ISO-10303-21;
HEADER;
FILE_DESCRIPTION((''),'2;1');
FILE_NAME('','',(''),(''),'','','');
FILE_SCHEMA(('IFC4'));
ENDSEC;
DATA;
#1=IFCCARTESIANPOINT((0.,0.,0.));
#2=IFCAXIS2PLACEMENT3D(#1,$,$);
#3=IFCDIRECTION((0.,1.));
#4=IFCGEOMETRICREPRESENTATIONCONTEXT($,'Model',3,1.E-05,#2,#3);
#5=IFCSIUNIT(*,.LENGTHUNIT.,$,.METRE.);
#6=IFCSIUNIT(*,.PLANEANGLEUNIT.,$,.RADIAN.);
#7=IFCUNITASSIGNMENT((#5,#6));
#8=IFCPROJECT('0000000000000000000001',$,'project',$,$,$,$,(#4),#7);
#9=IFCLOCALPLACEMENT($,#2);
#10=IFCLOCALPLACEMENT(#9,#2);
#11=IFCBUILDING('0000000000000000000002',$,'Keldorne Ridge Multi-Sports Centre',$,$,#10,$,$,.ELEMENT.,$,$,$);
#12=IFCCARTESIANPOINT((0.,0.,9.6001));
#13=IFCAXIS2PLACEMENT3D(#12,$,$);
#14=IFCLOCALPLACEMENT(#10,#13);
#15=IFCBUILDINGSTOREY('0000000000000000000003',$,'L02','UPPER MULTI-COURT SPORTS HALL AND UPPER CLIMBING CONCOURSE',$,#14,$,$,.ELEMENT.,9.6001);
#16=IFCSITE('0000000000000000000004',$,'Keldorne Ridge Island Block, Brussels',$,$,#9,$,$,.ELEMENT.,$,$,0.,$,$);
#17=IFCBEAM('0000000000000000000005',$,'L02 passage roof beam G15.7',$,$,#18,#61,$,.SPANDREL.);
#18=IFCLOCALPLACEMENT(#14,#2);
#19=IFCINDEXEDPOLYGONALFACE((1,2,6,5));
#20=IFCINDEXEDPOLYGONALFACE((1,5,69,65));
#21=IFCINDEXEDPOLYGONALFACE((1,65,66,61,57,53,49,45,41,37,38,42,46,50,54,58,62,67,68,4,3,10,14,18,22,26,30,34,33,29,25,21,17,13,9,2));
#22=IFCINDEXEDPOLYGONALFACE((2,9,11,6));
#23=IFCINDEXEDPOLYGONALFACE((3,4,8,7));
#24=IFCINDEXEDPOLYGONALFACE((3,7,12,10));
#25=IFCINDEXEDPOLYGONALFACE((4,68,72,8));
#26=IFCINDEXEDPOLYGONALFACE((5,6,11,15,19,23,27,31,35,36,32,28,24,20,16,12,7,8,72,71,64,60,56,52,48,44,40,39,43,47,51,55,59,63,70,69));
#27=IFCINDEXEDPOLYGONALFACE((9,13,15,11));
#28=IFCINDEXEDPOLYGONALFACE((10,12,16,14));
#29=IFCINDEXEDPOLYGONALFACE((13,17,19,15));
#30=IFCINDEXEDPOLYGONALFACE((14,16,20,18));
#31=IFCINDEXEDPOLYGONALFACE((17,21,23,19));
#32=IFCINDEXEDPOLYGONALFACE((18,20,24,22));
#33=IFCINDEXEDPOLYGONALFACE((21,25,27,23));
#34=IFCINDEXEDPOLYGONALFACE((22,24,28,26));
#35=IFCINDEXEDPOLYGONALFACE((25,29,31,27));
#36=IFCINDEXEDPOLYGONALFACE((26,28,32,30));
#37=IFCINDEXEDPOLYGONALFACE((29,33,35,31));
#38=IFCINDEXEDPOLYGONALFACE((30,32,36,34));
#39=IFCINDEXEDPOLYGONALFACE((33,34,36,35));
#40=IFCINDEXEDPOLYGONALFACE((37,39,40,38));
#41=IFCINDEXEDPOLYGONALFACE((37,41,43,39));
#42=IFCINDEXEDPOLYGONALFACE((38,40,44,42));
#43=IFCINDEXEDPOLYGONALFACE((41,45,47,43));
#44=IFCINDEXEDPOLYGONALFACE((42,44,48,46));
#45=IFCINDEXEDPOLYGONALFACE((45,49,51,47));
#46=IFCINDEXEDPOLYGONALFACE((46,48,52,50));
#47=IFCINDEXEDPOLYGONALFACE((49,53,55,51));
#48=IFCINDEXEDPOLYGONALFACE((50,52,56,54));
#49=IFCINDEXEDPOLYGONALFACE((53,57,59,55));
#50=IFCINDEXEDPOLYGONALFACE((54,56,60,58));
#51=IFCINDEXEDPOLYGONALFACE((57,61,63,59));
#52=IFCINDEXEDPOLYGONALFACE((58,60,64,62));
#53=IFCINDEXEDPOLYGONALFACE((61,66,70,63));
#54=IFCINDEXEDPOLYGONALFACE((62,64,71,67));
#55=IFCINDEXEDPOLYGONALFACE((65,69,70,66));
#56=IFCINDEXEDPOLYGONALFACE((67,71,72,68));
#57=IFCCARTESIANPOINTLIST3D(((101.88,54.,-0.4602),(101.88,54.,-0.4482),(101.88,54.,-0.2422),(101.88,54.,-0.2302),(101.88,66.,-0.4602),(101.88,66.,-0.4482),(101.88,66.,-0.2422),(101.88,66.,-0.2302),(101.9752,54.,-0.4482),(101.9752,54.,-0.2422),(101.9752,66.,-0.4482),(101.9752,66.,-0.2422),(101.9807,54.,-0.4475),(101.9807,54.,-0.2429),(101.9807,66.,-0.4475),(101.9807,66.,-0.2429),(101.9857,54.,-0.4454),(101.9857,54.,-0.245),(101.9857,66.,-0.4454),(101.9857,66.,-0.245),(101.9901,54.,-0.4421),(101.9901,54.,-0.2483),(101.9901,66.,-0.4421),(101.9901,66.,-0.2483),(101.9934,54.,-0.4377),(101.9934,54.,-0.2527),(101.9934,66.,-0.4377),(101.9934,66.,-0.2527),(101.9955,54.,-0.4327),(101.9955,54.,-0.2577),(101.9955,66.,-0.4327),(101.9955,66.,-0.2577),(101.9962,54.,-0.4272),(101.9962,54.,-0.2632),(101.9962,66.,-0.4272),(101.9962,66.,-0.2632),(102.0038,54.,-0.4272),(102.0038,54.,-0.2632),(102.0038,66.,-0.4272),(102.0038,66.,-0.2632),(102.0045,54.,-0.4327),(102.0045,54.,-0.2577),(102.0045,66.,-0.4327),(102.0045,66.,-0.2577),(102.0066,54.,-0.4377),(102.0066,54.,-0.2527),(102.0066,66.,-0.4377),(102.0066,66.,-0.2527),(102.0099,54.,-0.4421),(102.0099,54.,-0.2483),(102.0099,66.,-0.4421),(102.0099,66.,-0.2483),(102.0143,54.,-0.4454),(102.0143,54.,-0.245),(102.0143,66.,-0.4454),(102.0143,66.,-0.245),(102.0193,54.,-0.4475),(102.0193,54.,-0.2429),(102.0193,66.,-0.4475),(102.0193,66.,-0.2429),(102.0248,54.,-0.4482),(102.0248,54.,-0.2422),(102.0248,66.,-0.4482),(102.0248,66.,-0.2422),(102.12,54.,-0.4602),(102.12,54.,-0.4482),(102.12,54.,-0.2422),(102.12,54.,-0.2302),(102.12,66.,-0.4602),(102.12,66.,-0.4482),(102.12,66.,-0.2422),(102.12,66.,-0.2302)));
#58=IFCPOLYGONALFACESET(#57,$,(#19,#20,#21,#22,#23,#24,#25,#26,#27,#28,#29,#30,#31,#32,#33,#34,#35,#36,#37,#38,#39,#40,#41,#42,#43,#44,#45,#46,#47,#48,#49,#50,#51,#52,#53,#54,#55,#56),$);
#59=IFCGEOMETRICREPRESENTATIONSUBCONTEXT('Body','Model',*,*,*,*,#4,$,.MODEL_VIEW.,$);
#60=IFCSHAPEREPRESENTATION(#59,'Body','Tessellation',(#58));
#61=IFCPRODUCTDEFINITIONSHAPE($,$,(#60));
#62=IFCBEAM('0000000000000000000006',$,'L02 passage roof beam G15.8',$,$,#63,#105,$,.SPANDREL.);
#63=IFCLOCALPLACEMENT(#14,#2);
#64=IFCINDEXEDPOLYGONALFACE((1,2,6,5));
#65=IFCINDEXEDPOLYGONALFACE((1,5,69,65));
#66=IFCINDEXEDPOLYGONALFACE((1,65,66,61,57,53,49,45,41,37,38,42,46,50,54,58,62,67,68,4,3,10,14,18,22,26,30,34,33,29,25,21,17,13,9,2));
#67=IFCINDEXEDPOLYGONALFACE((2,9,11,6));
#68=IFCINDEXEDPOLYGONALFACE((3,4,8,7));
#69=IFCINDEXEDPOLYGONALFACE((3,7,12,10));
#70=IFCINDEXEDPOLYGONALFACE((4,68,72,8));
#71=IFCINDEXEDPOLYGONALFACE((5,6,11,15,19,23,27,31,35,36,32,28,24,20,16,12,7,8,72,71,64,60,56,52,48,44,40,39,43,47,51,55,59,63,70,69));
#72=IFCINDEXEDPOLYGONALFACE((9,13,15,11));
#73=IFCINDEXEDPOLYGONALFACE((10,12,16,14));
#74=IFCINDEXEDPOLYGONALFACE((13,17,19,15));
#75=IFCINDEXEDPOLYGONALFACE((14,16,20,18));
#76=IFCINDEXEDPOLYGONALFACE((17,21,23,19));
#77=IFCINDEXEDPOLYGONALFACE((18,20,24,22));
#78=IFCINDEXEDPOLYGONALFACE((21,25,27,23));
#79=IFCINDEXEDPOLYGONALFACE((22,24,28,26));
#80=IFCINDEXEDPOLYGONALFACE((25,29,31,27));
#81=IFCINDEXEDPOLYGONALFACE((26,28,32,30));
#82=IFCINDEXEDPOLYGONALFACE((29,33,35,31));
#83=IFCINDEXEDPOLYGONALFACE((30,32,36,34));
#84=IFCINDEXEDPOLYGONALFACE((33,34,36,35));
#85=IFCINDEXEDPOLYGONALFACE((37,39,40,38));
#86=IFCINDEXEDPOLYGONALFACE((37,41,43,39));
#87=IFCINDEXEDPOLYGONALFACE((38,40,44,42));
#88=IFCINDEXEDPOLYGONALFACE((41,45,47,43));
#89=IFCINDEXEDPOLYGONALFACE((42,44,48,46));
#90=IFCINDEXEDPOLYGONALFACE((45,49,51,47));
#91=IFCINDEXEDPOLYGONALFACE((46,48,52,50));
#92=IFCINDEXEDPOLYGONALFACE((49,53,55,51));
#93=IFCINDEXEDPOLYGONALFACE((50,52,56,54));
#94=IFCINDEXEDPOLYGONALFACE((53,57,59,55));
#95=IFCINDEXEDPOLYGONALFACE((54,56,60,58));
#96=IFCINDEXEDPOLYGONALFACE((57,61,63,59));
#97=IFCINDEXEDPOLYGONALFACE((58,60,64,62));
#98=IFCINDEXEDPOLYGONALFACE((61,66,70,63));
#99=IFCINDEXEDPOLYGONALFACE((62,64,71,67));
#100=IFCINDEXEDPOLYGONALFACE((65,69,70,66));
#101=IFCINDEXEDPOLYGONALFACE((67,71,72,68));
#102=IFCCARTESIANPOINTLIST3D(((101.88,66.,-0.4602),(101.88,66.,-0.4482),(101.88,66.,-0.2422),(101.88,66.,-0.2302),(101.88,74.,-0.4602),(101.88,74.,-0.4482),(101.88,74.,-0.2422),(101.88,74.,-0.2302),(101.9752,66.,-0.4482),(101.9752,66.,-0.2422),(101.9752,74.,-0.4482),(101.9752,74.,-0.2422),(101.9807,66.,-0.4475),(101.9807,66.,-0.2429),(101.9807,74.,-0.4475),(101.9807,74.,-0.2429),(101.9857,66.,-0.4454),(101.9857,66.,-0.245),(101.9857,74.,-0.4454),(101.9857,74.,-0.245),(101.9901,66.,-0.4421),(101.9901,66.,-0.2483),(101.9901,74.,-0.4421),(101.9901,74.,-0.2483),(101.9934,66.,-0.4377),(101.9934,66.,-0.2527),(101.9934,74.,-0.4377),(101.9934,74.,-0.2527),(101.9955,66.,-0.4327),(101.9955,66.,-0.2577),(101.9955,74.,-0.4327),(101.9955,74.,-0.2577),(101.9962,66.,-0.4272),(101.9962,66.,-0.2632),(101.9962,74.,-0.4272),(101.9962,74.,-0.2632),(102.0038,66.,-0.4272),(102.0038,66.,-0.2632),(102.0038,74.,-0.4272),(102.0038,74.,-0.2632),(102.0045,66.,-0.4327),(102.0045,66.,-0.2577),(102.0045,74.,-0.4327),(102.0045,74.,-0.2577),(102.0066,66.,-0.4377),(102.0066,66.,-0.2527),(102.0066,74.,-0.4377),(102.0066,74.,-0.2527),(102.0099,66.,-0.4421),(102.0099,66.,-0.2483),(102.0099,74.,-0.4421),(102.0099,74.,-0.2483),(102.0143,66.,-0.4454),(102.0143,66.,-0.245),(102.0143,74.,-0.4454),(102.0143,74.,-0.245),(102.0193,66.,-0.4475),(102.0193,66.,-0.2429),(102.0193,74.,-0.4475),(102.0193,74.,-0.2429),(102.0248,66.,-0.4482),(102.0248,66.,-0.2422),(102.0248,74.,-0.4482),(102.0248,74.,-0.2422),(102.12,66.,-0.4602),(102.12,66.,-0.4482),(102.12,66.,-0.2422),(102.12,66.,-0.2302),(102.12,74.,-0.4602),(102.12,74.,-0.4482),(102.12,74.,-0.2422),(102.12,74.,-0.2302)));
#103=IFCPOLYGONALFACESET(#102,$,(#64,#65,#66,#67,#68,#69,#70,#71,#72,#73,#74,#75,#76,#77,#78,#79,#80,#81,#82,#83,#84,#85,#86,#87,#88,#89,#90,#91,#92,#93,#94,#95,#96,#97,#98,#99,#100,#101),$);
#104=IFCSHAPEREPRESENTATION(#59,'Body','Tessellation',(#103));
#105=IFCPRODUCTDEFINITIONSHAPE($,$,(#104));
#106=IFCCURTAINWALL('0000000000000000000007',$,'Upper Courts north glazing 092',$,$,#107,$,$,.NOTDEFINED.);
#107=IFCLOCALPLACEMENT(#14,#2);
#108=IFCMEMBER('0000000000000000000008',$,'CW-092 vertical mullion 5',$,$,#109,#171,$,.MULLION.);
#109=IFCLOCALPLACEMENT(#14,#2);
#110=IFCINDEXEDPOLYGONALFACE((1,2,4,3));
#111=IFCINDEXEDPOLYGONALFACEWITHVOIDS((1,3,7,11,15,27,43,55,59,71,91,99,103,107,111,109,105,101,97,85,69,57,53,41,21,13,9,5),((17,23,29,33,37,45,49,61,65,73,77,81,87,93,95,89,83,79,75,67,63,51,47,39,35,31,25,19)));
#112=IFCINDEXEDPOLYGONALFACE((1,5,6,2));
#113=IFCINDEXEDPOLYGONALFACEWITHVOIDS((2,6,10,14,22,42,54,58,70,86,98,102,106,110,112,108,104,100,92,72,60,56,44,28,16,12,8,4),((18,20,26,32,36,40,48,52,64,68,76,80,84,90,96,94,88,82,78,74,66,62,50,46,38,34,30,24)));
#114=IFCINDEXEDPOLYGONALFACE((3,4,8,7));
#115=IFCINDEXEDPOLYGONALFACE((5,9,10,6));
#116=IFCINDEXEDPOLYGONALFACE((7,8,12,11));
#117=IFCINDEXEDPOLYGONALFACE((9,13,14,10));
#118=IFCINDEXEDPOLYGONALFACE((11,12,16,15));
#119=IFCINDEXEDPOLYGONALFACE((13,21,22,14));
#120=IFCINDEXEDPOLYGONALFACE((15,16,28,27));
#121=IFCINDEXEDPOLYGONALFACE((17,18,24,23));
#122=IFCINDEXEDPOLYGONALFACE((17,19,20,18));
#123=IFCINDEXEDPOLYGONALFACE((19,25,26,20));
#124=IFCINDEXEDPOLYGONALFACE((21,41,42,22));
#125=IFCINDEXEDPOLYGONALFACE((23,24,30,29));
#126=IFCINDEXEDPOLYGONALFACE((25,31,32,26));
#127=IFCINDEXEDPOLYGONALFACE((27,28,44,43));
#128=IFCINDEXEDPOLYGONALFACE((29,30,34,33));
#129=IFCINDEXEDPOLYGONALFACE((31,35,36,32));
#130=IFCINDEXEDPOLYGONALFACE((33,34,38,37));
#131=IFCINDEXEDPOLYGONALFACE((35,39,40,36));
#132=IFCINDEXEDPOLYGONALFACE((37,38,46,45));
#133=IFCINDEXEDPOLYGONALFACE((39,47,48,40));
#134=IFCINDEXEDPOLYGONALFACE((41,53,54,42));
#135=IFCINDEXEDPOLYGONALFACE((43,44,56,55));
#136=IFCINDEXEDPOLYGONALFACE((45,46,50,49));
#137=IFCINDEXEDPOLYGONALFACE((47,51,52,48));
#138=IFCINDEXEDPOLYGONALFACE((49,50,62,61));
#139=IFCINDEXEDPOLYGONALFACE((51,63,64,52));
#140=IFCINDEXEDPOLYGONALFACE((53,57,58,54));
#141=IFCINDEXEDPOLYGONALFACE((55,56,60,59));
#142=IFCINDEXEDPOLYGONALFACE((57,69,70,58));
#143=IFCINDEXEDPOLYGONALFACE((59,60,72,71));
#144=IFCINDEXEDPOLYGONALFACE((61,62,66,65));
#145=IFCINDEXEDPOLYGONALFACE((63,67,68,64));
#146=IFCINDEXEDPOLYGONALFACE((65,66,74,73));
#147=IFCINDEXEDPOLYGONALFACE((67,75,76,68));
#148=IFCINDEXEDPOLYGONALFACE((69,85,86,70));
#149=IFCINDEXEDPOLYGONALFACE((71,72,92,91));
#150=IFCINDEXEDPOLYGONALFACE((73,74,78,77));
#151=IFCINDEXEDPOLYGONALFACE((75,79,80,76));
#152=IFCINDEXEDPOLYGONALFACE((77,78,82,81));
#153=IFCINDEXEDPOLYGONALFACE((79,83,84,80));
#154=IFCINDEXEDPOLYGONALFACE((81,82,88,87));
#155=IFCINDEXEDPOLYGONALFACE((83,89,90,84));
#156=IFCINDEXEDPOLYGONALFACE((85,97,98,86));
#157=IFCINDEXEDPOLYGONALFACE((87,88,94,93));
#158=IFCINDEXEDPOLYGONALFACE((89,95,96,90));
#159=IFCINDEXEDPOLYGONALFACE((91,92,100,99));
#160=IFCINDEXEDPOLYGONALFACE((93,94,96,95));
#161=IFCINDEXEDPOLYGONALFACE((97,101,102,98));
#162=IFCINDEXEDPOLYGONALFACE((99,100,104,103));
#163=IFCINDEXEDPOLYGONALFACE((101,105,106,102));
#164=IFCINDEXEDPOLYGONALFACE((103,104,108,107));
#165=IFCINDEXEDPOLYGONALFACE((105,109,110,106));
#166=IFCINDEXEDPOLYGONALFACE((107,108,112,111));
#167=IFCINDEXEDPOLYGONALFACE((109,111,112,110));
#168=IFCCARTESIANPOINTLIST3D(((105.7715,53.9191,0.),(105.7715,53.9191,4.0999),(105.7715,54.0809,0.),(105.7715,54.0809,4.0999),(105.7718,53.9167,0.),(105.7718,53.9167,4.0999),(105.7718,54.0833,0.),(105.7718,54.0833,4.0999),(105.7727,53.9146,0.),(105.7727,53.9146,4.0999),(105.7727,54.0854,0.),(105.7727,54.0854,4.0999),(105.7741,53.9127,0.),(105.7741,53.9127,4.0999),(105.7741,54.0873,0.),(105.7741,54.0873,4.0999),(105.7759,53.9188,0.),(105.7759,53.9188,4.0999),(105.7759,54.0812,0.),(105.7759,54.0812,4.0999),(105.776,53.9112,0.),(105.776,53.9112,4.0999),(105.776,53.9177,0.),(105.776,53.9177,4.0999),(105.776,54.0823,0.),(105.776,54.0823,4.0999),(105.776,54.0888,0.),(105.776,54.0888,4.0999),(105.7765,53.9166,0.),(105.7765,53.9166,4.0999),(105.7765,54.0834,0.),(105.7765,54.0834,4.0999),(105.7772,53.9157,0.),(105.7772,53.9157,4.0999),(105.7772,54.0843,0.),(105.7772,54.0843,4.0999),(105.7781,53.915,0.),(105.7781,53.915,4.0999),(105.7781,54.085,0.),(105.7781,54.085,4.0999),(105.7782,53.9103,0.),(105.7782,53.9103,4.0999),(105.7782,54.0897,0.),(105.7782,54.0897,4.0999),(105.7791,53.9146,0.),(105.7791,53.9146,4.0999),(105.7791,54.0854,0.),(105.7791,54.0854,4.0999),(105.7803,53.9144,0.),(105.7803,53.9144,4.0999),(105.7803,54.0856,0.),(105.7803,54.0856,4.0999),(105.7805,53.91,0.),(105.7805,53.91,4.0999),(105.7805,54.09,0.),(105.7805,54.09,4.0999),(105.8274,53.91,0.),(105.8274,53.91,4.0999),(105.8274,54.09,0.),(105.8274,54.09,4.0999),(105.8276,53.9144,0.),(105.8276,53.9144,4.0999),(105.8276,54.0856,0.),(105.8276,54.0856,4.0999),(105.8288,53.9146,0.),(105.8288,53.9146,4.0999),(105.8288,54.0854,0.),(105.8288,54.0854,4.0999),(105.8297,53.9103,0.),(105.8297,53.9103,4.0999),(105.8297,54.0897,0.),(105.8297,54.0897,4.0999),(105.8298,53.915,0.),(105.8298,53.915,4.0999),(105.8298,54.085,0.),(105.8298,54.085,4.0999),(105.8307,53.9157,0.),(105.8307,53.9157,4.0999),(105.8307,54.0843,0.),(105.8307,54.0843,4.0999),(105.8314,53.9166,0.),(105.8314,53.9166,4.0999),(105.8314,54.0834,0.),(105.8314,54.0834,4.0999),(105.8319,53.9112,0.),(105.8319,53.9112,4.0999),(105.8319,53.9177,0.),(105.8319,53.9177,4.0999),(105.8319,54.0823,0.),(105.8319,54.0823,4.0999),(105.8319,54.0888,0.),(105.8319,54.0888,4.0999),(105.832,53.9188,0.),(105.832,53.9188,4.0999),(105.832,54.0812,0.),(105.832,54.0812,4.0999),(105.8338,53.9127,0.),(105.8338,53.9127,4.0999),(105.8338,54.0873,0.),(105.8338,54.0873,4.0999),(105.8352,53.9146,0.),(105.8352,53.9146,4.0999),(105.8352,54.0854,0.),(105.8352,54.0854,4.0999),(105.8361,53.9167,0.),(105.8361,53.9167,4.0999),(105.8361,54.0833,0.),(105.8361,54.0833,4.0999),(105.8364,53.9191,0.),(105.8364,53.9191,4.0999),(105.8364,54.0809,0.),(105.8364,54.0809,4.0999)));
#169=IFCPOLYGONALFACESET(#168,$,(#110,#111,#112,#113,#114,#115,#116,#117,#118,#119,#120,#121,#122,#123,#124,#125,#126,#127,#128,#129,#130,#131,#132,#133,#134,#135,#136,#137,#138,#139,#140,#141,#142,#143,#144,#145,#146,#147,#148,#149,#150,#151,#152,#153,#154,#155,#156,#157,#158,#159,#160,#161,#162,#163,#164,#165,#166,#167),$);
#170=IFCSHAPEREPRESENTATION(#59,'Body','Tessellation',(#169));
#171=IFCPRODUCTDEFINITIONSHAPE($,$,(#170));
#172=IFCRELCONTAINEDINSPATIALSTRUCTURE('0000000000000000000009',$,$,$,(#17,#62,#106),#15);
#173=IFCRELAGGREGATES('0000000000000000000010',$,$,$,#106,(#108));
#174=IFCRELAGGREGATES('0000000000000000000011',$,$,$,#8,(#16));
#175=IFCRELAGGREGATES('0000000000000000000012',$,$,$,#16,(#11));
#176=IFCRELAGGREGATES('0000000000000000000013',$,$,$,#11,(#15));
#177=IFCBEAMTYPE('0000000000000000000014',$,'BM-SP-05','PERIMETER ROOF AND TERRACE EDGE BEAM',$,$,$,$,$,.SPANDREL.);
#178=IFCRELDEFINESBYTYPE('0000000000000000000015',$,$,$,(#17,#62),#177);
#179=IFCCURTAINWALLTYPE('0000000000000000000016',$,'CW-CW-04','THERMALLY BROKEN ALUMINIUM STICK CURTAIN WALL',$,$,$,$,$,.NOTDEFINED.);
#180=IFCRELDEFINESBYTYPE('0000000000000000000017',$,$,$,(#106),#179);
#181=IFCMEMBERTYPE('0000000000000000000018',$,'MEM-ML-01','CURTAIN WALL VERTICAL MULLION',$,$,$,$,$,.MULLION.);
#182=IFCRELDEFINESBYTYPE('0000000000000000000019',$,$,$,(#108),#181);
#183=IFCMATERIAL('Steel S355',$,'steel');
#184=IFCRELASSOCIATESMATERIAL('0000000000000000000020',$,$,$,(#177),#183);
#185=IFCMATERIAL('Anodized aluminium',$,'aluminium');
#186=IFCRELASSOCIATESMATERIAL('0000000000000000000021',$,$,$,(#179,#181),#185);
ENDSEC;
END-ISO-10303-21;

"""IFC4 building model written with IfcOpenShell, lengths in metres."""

from ifc_helpers import new_model, si_unit, direction, frame, origin, origin_2d, place, context, subcontext, project, spatial, hollow_rectangle, i_section, extrude, material, material_profile, profile_set, type_object, element, aggregate, save


model = new_model("IFC4")

# Units and contexts
model_context = context("Model", 3, precision=1e-05, world=origin(), true_north=direction((0.0, 1.0)))
body_context = subcontext(model_context, "Body", "Model", "MODEL_VIEW")
ifc_project = project(units=[si_unit("LENGTHUNIT", "METRE"), si_unit("PLANEANGLEUNIT", "RADIAN")], contexts=[model_context])

# Site, building, storey
site_placement = place(None, origin())
site = spatial("IfcSite", under=ifc_project, at=site_placement, Name="Keldorne Ridge Island Block, Brussels", CompositionType="ELEMENT", RefElevation=0.0)
building_placement = place(site_placement, origin())
building = spatial("IfcBuilding", under=site, at=building_placement, Name="Keldorne Ridge Multi-Sports Centre", CompositionType="ELEMENT")
storey_placement = place(building_placement, frame((0.0, 0.0, 9.6001)))
storey = spatial("IfcBuildingStorey", under=building, at=storey_placement, Name="L02", Description="UPPER MULTI-COURT SPORTS HALL AND UPPER CLIMBING CONCOURSE", CompositionType="ELEMENT", Elevation=9.6001)

# Shared definitions
ifc_material_1 = material(Name="Steel S355", Category="steel")

# Beams
ifc_material_profile_1 = material_profile(ifc_material_1, i_section(OverallWidth=0.24, OverallDepth=0.23, WebThickness=0.0076, FlangeThickness=0.012, FilletRadius=0.021, at=origin_2d()), Name="HEA 240")
ifc_profile_set_1 = profile_set([ifc_material_profile_1], Name="Steel S355")
beam_type_1 = type_object("IfcBeamType", Name="BM-SP-05", Description="PERIMETER ROOF AND TERRACE EDGE BEAM", PredefinedType="SPANDREL", material=ifc_profile_set_1)
beam_1_placement = place(storey_placement, frame((102.0, 54.0, -0.3452), z_axis=(0.0, 1.0, 0.0), x_axis=(-1.0, 0.0, 0.0)))
element("IfcBeam", 1, at=beam_1_placement, inside=storey, type_object=beam_type_1, Name="L02 passage roof beam G15.7", PredefinedType="SPANDREL", context=body_context, shape_type="SweptSolid", body=[
    extrude(i_section(OverallWidth=0.24, OverallDepth=0.23, WebThickness=0.0076, FlangeThickness=0.012, FilletRadius=0.021, at=origin_2d()), origin(), (0.0, 0.0, 1.0), 12.0),
])
beam_2_placement = place(storey_placement, frame((102.0, 66.0, -0.3452), z_axis=(0.0, 1.0, 0.0), x_axis=(-1.0, 0.0, 0.0)))
element("IfcBeam", 2, at=beam_2_placement, inside=storey, type_object=beam_type_1, Name="L02 passage roof beam G15.8", PredefinedType="SPANDREL", context=body_context, shape_type="SweptSolid", body=[
    extrude(i_section(OverallWidth=0.24, OverallDepth=0.23, WebThickness=0.0076, FlangeThickness=0.012, FilletRadius=0.021, at=origin_2d()), origin(), (0.0, 0.0, 1.0), 8.0),
])

# Curtain wall, member
ifc_material_2 = material(Name="Anodized aluminium", Category="aluminium")
curtain_wall_type = type_object("IfcCurtainWallType", Name="CW-CW-04", Description="THERMALLY BROKEN ALUMINIUM STICK CURTAIN WALL", PredefinedType="NOTDEFINED", material=ifc_material_2)
curtain_wall_placement = place(storey_placement, origin())
curtain_wall = element("IfcCurtainWall", 3, at=curtain_wall_placement, inside=storey, type_object=curtain_wall_type, Name="Upper Courts north glazing 092", PredefinedType="NOTDEFINED")
ifc_material_profile_2 = material_profile(ifc_material_2, hollow_rectangle(XDim=0.0649, YDim=0.1799, WallThickness=0.0044, InnerFilletRadius=0.0044, OuterFilletRadius=0.009, at=origin_2d()), Name="ALU MULLION 180x65x4.5")
ifc_profile_set_2 = profile_set([ifc_material_profile_2], Name="Anodized aluminium")
member_type_1 = type_object("IfcMemberType", Name="MEM-ML-01", Description="CURTAIN WALL VERTICAL MULLION", PredefinedType="MULLION", material=ifc_profile_set_2)
member_1_placement = place(storey_placement, frame((105.804, 54.0, 0.0), z_axis=(0.0, 0.0, 1.0), x_axis=(1.0, 0.0, 0.0)))
member_1 = element("IfcMember", 4, at=member_1_placement, type_object=member_type_1, Name="CW-092 vertical mullion 5", PredefinedType="MULLION", context=body_context, shape_type="SweptSolid", body=[
    extrude(hollow_rectangle(XDim=0.0649, YDim=0.1799, WallThickness=0.0044, InnerFilletRadius=0.0044, OuterFilletRadius=0.009, at=origin_2d()), origin(), (0.0, 0.0, 1.0), 4.0999),
])
aggregate(curtain_wall, [member_1])

save(model, "model.ifc")
